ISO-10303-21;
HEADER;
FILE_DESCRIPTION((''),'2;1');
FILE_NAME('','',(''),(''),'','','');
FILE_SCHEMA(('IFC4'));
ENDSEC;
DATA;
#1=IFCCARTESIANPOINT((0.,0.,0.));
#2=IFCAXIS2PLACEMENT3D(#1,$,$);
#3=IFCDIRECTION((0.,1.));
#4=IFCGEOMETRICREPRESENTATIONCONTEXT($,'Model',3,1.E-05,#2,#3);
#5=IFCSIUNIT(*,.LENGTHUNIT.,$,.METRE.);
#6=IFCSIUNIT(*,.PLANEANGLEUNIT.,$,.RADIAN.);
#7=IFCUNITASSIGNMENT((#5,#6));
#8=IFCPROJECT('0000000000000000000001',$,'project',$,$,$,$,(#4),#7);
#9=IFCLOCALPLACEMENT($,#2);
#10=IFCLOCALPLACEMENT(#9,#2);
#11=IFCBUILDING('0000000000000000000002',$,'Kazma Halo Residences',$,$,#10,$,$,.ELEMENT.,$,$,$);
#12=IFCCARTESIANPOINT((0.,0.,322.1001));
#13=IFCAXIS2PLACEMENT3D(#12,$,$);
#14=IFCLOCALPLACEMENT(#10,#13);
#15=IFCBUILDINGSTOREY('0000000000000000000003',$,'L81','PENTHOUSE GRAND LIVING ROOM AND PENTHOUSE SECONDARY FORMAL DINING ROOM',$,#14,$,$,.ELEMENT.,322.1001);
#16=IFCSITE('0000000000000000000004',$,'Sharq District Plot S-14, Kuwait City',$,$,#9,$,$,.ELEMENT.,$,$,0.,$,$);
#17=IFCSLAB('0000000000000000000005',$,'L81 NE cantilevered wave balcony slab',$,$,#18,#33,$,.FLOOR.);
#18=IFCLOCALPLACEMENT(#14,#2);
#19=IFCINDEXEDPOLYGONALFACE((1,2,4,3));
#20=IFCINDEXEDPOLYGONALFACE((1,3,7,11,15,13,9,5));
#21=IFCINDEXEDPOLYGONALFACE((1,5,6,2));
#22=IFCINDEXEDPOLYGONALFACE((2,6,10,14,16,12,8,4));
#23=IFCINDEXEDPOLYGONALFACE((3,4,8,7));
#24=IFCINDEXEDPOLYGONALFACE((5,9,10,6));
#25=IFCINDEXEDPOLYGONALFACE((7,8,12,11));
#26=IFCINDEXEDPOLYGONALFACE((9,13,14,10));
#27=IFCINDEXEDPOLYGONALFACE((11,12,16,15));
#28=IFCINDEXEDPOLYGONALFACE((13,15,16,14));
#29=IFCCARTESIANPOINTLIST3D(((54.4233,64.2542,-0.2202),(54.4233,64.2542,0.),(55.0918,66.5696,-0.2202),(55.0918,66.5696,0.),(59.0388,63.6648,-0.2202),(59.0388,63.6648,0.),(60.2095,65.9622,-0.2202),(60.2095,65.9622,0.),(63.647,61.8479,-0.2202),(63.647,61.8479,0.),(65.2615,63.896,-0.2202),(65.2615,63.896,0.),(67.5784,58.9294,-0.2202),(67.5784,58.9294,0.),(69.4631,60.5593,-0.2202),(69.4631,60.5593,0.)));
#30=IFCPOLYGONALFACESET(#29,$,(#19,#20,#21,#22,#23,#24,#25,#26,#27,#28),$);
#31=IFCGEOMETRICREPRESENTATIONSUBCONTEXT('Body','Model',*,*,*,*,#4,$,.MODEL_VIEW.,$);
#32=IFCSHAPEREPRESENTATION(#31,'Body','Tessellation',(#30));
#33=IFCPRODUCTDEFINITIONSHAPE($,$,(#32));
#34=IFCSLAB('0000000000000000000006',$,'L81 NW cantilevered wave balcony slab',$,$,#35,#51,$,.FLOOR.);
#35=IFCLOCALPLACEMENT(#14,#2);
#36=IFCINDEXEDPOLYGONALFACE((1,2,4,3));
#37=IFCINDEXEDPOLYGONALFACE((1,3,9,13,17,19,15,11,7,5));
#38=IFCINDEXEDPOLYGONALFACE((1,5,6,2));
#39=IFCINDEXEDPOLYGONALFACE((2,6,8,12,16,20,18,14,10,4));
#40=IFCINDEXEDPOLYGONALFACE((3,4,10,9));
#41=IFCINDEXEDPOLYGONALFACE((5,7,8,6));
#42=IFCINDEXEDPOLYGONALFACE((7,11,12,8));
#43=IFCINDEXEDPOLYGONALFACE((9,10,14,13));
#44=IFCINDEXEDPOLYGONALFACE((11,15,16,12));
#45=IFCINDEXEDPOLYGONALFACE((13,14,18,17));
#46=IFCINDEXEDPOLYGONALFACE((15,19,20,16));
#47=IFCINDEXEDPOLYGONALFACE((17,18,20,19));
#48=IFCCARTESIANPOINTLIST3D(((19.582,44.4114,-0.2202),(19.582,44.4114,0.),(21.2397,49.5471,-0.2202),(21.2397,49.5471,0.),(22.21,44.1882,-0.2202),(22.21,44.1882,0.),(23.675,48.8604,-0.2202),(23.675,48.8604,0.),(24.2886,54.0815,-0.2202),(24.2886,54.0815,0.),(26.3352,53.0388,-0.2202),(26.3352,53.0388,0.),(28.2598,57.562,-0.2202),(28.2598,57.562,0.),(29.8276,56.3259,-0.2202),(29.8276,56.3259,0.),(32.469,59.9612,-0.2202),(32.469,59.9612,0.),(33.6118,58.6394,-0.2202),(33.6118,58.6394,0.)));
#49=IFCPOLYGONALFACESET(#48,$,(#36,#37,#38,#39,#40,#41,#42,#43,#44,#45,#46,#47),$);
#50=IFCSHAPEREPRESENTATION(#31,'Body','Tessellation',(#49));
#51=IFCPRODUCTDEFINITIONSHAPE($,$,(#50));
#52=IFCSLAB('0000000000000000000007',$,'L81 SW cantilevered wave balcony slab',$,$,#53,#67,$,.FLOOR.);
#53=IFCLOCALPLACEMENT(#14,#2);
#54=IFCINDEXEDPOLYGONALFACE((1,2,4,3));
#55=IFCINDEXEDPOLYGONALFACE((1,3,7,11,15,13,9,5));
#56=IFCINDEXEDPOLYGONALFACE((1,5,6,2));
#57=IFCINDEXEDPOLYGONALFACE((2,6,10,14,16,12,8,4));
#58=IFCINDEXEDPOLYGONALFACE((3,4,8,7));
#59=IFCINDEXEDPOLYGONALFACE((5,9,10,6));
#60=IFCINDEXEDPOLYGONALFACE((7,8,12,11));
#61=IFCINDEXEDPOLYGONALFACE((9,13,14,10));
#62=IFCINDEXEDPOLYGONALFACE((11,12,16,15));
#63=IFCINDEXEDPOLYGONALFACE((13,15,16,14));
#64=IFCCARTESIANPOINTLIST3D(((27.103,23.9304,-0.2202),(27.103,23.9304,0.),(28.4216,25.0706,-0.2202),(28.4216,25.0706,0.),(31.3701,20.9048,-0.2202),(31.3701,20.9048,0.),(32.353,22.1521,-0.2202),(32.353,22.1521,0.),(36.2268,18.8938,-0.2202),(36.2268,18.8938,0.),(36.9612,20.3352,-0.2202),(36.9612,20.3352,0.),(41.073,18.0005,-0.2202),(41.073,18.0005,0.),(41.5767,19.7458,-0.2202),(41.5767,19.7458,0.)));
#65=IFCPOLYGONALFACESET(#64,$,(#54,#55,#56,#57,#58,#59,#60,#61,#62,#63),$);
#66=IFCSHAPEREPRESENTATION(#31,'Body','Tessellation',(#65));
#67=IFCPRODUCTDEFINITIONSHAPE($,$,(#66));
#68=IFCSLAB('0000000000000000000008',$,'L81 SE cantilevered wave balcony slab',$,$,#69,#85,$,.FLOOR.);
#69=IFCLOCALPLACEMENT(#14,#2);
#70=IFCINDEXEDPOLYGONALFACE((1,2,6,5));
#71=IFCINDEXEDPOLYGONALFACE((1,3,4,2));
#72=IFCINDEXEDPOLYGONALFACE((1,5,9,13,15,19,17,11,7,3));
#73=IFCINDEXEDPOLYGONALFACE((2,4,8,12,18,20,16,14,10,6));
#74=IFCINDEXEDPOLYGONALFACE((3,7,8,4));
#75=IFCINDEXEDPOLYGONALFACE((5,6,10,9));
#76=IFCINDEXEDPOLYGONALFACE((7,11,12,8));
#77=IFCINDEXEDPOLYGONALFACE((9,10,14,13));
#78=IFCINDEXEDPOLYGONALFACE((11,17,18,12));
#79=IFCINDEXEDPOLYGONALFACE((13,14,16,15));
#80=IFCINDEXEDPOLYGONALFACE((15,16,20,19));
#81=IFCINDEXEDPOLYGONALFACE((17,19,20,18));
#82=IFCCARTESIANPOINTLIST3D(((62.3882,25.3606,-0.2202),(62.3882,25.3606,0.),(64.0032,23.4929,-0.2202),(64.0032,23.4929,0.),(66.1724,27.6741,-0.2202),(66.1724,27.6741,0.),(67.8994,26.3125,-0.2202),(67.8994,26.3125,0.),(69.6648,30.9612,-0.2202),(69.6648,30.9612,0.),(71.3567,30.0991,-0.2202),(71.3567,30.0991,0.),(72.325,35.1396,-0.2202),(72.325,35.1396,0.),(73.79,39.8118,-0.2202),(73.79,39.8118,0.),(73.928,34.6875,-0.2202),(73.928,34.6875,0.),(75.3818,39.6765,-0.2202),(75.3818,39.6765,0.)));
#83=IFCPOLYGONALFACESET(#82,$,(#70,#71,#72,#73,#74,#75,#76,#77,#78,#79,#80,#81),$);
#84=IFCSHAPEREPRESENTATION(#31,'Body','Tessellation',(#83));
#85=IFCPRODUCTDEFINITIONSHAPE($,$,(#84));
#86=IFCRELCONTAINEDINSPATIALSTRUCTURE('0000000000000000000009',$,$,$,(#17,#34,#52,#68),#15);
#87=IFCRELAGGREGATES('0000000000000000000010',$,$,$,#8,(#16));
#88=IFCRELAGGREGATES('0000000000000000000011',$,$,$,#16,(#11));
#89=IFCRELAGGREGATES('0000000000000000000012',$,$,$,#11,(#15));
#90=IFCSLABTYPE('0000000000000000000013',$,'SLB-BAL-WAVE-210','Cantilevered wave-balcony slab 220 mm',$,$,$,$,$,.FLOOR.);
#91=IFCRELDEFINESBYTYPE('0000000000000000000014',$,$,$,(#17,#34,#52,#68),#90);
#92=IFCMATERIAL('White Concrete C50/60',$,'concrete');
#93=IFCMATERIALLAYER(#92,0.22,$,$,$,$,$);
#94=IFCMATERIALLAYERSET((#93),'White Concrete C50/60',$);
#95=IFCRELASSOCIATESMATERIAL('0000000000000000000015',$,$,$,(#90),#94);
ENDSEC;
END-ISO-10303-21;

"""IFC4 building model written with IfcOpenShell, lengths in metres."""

from ifc_helpers import new_model, si_unit, direction, frame, origin, place, context, subcontext, project, spatial, polyline, outline, extrude, material, layer, layer_set, type_object, element, save


model = new_model("IFC4")

# Units and contexts
model_context = context("Model", 3, precision=1e-05, world=origin(), true_north=direction((0.0, 1.0)))
body_context = subcontext(model_context, "Body", "Model", "MODEL_VIEW")
ifc_project = project(units=[si_unit("LENGTHUNIT", "METRE"), si_unit("PLANEANGLEUNIT", "RADIAN")], contexts=[model_context])

# Site, building, storey
site_placement = place(None, origin())
site = spatial("IfcSite", under=ifc_project, at=site_placement, Name="Sharq District Plot S-14, Kuwait City", CompositionType="ELEMENT", RefElevation=0.0)
building_placement = place(site_placement, origin())
building = spatial("IfcBuilding", under=site, at=building_placement, Name="Kazma Halo Residences", CompositionType="ELEMENT")
storey_placement = place(building_placement, frame((0.0, 0.0, 322.1001)))
storey = spatial("IfcBuildingStorey", under=building, at=storey_placement, Name="L81", Description="PENTHOUSE GRAND LIVING ROOM AND PENTHOUSE SECONDARY FORMAL DINING ROOM", CompositionType="ELEMENT", Elevation=322.1001)

# Slabs
ifc_material_1 = material(Name="White Concrete C50/60", Category="concrete")
ifc_layer_1 = layer(ifc_material_1, 0.22)
ifc_layer_set_1 = layer_set([ifc_layer_1], Name="White Concrete C50/60")
slab_type_1 = type_object("IfcSlabType", Name="SLB-BAL-WAVE-210", Description="Cantilevered wave-balcony slab 220 mm", PredefinedType="FLOOR", material=ifc_layer_set_1)
slab_1_placement = place(storey_placement, frame((0.0, 0.0, -0.2202)))
element("IfcSlab", 1, at=slab_1_placement, inside=storey, type_object=slab_type_1, Name="L81 NE cantilevered wave balcony slab", PredefinedType="FLOOR", context=body_context, shape_type="SweptSolid", body=[
    extrude(outline(polyline([(67.5784, 58.9294), (63.647, 61.8479), (59.0388, 63.6648), (54.4233, 64.2542), (55.0918, 66.5696), (60.2095, 65.9622), (65.2615, 63.896), (69.4631, 60.5593), (67.5784, 58.9294)])), origin(), (0.0, 0.0, 1.0), 0.2202),
])
slab_2_placement = place(storey_placement, frame((0.0, 0.0, -0.2202)))
element("IfcSlab", 2, at=slab_2_placement, inside=storey, type_object=slab_type_1, Name="L81 NW cantilevered wave balcony slab", PredefinedType="FLOOR", context=body_context, shape_type="SweptSolid", body=[
    extrude(outline(polyline([(33.6118, 58.6394), (29.8276, 56.3259), (26.3352, 53.0388), (23.675, 48.8604), (22.21, 44.1882), (19.582, 44.4114), (21.2397, 49.5471), (24.2886, 54.0815), (28.2598, 57.562), (32.469, 59.9612), (33.6118, 58.6394)])), origin(), (0.0, 0.0, 1.0), 0.2202),
])
slab_3_placement = place(storey_placement, frame((0.0, 0.0, -0.2202)))
element("IfcSlab", 3, at=slab_3_placement, inside=storey, type_object=slab_type_1, Name="L81 SW cantilevered wave balcony slab", PredefinedType="FLOOR", context=body_context, shape_type="SweptSolid", body=[
    extrude(outline(polyline([(28.4216, 25.0706), (32.353, 22.1521), (36.9612, 20.3352), (41.5767, 19.7458), (41.073, 18.0005), (36.2268, 18.8938), (31.3701, 20.9048), (27.103, 23.9304), (28.4216, 25.0706)])), origin(), (0.0, 0.0, 1.0), 0.2202),
])
slab_4_placement = place(storey_placement, frame((0.0, 0.0, -0.2202)))
element("IfcSlab", 4, at=slab_4_placement, inside=storey, type_object=slab_type_1, Name="L81 SE cantilevered wave balcony slab", PredefinedType="FLOOR", context=body_context, shape_type="SweptSolid", body=[
    extrude(outline(polyline([(62.3882, 25.3606), (66.1724, 27.6741), (69.6648, 30.9612), (72.325, 35.1396), (73.79, 39.8118), (75.3818, 39.6765), (73.928, 34.6875), (71.3567, 30.0991), (67.8994, 26.3125), (64.0032, 23.4929), (62.3882, 25.3606)])), origin(), (0.0, 0.0, 1.0), 0.2202),
])

save(model, "model.ifc")
